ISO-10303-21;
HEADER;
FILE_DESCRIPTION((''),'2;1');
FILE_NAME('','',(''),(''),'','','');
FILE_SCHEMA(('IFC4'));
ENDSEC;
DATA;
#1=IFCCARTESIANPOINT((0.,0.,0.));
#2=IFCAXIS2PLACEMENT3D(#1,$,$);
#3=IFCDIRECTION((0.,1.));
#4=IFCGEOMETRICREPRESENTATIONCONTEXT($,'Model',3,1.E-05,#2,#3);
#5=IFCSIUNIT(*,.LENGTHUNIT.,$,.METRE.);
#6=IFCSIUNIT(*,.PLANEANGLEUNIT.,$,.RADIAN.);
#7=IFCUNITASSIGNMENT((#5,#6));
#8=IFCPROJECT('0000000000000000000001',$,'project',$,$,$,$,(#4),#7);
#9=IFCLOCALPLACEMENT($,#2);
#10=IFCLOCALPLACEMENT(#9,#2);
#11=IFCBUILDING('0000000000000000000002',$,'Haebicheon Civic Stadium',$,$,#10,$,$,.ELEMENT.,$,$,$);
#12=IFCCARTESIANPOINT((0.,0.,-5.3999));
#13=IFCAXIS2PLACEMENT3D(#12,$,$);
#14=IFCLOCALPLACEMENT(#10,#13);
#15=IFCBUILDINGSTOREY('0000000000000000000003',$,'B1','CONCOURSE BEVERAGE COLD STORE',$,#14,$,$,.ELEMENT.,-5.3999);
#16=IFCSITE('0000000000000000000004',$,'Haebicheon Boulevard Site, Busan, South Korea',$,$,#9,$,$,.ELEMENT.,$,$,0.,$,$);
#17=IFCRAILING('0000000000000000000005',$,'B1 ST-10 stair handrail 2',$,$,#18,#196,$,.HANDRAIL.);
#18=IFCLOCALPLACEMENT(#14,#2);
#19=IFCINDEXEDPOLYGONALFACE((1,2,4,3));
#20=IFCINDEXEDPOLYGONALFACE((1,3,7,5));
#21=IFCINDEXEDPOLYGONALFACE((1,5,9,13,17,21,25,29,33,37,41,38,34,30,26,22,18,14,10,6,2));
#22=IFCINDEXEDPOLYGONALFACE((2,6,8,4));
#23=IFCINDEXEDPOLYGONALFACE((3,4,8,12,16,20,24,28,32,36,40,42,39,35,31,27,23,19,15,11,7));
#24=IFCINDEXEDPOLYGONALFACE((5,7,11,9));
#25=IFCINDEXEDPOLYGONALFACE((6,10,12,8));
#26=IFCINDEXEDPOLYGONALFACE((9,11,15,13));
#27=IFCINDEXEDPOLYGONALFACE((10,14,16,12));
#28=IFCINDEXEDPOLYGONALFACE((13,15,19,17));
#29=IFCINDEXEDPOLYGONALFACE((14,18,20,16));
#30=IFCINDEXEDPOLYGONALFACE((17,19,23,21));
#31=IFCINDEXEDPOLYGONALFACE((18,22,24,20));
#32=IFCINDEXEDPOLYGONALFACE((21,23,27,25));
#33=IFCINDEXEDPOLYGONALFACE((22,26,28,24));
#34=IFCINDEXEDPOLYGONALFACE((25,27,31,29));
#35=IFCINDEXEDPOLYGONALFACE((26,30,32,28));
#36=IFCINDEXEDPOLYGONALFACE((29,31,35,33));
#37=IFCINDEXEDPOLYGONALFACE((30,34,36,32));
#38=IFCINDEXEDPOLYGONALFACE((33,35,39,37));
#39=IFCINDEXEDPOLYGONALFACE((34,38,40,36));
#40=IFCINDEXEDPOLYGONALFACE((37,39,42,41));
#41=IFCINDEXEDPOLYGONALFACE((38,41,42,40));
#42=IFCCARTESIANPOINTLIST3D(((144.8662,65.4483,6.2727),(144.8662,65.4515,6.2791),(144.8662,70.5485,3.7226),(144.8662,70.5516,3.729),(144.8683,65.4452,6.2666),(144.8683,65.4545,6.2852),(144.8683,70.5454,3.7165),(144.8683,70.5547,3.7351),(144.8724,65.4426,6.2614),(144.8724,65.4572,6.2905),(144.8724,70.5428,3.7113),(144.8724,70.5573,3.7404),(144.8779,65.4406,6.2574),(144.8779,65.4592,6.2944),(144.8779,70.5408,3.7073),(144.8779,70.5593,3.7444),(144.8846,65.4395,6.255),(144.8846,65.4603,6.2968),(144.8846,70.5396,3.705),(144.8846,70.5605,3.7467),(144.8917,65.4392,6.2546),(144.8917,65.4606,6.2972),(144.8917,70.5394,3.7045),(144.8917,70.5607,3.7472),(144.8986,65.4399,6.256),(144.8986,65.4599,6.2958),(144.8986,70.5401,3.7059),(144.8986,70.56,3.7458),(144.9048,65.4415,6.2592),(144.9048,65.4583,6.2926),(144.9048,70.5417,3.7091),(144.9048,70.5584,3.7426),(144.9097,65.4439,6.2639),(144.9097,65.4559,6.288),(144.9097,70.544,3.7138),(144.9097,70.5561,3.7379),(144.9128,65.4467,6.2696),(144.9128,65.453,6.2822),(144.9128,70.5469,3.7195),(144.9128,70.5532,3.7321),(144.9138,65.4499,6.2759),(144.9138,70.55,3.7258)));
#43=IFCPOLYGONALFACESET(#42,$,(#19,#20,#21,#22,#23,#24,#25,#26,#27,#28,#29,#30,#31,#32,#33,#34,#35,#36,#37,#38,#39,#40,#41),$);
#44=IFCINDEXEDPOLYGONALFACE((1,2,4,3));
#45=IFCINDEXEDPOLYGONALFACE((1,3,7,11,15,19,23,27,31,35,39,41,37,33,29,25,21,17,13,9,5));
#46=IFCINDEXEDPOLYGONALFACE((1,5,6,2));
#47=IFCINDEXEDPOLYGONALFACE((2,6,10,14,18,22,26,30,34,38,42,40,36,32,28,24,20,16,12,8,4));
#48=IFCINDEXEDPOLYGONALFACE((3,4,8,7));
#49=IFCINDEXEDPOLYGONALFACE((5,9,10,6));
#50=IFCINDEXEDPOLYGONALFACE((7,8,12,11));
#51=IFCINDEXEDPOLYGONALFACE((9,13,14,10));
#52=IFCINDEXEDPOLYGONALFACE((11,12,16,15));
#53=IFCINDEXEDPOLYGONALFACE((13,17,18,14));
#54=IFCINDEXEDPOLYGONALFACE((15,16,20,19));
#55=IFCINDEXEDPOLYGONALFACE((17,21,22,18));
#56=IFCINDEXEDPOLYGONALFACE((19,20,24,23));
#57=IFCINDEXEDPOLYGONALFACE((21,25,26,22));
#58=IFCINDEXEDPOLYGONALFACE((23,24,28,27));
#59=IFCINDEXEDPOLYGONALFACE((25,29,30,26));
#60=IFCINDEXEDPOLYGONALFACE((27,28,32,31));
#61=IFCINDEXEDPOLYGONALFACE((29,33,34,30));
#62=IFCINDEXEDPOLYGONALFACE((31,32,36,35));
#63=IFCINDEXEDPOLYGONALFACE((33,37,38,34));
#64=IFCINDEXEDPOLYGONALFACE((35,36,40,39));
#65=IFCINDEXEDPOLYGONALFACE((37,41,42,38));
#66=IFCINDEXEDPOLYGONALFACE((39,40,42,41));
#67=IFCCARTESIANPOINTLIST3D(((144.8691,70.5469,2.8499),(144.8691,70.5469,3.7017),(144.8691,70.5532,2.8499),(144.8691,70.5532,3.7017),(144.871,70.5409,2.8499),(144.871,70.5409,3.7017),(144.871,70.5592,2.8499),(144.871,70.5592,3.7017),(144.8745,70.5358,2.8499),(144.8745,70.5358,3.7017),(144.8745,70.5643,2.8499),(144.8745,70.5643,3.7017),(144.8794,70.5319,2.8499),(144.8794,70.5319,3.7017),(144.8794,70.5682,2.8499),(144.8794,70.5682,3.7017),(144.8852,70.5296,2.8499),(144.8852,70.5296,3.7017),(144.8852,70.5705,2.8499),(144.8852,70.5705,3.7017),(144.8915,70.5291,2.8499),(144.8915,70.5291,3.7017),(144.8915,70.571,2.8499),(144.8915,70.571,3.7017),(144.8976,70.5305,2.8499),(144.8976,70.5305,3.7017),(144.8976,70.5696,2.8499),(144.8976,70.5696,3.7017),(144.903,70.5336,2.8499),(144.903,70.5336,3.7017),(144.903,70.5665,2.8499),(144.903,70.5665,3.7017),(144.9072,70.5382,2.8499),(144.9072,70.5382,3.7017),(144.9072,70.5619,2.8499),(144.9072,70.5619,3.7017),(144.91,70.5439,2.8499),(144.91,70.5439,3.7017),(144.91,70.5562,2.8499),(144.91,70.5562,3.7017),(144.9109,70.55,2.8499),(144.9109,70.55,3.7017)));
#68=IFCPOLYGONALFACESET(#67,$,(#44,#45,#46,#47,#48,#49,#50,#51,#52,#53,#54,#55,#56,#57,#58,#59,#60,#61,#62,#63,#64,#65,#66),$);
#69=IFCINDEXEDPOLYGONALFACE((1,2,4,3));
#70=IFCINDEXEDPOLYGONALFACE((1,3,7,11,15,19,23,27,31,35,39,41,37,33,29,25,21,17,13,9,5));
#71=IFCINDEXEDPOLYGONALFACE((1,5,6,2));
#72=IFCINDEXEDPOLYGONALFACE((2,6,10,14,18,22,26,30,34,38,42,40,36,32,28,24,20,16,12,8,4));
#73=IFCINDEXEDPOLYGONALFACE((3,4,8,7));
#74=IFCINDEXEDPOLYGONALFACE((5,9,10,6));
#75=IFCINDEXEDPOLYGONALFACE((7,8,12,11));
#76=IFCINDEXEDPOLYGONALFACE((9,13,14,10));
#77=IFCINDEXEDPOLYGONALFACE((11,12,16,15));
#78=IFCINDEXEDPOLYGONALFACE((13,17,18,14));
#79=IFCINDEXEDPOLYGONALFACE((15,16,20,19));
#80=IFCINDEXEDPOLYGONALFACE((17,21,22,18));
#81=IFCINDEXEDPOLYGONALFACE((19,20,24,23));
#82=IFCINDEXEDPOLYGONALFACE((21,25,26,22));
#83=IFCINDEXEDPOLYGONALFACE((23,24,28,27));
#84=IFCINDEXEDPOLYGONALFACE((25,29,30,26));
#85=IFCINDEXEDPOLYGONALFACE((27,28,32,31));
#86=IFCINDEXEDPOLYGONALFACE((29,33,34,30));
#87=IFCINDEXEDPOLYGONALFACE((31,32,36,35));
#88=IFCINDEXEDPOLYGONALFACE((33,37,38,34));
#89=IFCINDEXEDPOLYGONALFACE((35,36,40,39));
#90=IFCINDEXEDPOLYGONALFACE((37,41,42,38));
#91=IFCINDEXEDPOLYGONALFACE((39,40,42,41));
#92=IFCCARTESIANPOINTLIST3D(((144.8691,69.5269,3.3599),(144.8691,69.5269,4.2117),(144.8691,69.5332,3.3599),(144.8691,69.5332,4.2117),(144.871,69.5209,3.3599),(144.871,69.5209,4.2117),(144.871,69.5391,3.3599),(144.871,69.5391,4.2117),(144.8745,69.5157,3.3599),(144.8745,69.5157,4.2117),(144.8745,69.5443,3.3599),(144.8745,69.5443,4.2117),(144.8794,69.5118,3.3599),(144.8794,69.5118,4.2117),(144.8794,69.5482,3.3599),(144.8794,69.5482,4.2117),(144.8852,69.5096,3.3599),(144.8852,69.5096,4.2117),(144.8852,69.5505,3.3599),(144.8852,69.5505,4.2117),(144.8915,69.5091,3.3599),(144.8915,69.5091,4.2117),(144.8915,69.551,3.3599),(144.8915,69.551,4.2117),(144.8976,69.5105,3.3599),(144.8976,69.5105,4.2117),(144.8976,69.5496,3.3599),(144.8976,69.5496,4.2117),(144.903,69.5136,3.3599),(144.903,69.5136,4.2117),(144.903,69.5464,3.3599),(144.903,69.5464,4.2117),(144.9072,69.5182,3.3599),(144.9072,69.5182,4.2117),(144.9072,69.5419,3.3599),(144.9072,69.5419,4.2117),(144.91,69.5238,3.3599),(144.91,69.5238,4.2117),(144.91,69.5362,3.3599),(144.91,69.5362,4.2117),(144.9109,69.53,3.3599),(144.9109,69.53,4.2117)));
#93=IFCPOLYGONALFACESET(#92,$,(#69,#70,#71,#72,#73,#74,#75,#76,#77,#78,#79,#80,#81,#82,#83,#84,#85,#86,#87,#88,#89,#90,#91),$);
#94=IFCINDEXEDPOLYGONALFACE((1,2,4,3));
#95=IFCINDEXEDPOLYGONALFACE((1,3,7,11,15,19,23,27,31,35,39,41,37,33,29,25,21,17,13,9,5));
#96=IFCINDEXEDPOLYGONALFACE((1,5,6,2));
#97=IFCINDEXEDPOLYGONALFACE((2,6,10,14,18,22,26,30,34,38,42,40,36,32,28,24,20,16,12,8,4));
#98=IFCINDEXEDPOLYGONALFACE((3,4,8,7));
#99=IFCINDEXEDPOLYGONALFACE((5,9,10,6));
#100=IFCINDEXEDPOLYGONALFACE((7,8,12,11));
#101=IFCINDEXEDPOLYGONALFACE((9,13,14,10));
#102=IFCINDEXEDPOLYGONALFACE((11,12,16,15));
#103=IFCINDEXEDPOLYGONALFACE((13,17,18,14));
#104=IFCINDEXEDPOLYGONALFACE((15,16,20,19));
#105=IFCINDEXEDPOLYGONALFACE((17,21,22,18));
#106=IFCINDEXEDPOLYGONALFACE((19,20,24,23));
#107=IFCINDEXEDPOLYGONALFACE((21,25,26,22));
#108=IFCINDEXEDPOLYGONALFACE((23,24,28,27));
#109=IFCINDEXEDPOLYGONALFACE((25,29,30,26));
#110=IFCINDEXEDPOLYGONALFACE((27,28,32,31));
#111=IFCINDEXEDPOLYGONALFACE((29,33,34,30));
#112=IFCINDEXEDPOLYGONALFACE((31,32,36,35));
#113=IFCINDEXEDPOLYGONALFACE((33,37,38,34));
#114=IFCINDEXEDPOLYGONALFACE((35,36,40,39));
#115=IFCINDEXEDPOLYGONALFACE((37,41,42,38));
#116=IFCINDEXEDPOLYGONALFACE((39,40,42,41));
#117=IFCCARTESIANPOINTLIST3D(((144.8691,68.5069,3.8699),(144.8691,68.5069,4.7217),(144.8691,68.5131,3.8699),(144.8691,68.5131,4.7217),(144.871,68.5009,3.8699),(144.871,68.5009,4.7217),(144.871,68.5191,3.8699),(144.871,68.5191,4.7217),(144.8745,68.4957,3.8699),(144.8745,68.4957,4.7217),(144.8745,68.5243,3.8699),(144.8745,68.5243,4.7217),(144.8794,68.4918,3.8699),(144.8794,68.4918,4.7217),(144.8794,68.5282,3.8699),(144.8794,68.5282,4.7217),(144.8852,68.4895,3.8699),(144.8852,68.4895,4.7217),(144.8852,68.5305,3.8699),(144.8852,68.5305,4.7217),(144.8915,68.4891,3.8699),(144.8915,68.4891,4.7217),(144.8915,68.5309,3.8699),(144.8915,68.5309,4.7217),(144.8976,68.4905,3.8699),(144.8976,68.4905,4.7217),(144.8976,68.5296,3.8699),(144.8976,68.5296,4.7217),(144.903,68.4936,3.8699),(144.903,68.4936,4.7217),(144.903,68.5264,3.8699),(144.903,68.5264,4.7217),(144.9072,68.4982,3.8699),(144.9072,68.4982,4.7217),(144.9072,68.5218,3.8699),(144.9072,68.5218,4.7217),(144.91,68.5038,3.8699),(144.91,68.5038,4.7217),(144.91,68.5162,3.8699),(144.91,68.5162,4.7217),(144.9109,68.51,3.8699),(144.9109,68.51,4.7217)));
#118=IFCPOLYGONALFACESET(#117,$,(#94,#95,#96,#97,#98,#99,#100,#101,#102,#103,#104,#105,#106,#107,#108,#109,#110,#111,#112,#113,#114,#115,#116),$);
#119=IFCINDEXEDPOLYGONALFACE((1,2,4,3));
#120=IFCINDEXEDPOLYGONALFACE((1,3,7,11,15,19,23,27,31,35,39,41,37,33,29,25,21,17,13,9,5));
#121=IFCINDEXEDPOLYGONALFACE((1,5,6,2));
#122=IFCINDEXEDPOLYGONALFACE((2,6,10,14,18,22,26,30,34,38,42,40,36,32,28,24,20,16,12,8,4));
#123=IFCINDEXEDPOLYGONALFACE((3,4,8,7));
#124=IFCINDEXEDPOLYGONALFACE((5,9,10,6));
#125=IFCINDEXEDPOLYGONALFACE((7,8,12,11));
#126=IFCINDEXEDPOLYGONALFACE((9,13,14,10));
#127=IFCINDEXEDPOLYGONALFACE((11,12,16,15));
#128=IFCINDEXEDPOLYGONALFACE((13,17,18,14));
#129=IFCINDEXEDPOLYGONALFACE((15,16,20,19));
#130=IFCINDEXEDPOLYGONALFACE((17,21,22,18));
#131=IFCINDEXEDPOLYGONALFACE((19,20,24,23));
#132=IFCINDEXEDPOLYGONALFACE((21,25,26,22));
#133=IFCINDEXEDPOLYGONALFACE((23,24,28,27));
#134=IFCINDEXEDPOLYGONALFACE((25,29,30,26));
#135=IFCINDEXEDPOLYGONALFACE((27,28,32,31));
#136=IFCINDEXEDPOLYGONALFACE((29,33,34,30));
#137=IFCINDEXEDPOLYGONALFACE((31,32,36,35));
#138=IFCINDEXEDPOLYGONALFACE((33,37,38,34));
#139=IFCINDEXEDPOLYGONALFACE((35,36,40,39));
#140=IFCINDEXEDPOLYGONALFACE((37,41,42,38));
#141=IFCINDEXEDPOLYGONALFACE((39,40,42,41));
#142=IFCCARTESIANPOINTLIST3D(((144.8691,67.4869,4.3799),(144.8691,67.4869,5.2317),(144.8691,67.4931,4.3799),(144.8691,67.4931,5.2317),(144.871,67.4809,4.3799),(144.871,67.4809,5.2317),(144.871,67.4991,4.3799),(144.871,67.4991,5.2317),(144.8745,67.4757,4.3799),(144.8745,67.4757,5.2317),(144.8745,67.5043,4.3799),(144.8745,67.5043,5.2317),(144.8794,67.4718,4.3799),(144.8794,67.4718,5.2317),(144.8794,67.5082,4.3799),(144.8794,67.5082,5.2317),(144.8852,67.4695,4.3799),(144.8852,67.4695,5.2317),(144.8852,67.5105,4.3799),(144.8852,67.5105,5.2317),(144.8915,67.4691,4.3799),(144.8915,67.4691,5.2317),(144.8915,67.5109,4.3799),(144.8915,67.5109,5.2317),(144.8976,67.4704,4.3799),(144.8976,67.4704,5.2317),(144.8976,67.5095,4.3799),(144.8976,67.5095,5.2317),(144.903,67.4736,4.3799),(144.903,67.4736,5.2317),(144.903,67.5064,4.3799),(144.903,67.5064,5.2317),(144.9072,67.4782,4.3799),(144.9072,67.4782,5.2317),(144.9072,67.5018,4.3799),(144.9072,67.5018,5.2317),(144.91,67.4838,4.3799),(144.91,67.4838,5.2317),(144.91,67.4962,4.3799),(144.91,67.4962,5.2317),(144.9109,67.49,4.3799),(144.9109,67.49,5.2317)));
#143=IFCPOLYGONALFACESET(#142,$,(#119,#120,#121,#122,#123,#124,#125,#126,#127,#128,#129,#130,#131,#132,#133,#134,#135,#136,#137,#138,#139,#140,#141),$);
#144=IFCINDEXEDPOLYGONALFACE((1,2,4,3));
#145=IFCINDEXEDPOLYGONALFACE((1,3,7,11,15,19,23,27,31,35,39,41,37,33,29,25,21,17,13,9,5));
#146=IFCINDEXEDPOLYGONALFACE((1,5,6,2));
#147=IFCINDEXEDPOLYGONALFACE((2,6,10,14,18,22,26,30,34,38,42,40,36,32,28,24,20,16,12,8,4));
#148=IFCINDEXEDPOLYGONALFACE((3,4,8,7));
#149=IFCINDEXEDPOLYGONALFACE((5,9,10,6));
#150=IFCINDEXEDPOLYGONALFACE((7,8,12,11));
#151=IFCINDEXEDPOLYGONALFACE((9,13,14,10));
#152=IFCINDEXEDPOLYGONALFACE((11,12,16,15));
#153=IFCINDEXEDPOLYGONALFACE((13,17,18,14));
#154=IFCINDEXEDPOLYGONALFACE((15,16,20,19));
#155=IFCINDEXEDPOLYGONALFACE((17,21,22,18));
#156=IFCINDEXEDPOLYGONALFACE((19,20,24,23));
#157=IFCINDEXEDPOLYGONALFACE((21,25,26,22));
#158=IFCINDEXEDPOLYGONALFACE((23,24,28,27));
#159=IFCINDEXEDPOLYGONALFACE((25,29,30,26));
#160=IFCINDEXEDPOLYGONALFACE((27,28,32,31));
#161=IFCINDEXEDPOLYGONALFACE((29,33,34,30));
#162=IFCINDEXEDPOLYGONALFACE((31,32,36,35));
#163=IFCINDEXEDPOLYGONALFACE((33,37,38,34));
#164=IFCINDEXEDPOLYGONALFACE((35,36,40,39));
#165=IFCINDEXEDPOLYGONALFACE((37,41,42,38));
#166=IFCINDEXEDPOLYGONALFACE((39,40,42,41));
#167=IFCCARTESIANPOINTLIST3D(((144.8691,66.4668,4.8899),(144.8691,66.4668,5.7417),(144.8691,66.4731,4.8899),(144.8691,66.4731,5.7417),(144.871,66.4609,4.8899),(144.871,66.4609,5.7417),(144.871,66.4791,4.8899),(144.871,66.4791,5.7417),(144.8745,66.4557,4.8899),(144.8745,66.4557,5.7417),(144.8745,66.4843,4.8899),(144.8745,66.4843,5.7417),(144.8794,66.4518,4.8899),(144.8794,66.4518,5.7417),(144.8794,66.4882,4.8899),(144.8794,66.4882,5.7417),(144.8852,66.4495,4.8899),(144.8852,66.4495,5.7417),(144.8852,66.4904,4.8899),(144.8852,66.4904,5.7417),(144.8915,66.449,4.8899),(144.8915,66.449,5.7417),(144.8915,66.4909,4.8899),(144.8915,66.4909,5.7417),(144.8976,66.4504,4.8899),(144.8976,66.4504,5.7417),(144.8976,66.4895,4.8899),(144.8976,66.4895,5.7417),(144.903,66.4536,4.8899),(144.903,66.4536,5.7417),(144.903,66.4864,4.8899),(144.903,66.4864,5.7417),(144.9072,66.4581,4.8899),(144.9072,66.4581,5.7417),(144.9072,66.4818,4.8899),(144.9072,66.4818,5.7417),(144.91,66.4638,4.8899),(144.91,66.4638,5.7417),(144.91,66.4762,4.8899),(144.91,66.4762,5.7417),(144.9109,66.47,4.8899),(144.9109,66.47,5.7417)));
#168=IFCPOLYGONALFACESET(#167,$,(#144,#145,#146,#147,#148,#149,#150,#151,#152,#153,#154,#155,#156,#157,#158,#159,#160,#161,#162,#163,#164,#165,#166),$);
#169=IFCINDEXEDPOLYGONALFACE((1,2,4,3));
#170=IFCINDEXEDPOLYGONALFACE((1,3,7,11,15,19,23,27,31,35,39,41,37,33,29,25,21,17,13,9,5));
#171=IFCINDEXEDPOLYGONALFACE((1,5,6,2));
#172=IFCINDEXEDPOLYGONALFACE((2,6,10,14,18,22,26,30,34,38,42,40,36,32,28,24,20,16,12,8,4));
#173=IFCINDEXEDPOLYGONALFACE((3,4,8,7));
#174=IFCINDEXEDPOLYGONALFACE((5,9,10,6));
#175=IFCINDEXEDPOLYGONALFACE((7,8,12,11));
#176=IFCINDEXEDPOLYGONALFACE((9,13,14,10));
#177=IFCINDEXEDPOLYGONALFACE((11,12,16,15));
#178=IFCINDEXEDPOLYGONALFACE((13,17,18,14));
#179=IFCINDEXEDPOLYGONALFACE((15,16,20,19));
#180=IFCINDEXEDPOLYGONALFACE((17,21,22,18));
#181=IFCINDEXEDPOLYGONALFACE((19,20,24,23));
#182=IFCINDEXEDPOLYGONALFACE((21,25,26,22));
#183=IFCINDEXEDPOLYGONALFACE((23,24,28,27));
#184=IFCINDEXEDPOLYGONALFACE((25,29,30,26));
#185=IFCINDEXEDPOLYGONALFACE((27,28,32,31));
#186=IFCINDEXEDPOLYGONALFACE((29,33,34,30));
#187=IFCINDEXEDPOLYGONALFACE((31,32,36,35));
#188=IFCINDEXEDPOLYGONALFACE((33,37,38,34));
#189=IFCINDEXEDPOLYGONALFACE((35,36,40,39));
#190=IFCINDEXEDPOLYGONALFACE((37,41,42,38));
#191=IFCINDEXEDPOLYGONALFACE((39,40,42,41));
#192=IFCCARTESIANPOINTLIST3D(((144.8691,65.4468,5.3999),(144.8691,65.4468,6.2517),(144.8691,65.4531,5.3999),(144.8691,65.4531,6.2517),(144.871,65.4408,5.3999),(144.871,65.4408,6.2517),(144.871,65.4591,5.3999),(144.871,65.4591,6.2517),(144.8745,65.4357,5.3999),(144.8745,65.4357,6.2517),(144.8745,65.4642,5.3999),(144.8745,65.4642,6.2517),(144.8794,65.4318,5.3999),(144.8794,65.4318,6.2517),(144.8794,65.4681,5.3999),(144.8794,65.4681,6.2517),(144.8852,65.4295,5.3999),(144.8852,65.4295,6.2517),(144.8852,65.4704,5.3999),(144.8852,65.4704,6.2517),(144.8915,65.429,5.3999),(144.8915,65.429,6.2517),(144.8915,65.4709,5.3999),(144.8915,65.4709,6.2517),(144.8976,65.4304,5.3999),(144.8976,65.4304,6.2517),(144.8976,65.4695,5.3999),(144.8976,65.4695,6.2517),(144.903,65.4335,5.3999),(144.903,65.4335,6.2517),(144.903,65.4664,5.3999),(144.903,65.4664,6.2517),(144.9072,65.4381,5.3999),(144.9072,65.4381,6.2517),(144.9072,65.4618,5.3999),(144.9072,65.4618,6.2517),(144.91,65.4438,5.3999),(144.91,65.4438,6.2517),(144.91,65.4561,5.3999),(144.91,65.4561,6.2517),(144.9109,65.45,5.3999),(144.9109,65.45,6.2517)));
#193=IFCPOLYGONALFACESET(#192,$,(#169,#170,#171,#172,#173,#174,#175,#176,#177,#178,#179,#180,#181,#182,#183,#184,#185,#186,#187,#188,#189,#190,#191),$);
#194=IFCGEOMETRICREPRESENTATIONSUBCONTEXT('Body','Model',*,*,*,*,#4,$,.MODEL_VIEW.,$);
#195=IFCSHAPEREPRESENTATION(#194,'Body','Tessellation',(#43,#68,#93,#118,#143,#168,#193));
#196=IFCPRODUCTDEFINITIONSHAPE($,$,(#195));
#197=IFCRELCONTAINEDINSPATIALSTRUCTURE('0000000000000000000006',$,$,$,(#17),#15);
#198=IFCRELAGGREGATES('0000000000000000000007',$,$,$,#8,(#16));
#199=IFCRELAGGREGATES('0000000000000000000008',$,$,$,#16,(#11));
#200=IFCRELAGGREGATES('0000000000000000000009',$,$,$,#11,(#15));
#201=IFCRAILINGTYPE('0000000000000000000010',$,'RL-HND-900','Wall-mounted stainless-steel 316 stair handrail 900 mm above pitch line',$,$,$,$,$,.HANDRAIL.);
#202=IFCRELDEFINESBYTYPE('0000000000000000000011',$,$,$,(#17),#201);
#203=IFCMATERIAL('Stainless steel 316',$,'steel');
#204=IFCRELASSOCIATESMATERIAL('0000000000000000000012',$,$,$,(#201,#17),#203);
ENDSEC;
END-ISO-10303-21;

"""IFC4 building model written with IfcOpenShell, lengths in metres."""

from ifc_helpers import new_model, si_unit, direction, frame, origin, origin_2d, place, context, subcontext, project, spatial, circle, extrude, material, type_object, element, save


model = new_model("IFC4")

# Units and contexts
model_context = context("Model", 3, precision=1e-05, world=origin(), true_north=direction((0.0, 1.0)))
body_context = subcontext(model_context, "Body", "Model", "MODEL_VIEW")
ifc_project = project(units=[si_unit("LENGTHUNIT", "METRE"), si_unit("PLANEANGLEUNIT", "RADIAN")], contexts=[model_context])

# Site, building, storey
site_placement = place(None, origin())
site = spatial("IfcSite", under=ifc_project, at=site_placement, Name="Haebicheon Boulevard Site, Busan, South Korea", CompositionType="ELEMENT", RefElevation=0.0)
building_placement = place(site_placement, origin())
building = spatial("IfcBuilding", under=site, at=building_placement, Name="Haebicheon Civic Stadium", CompositionType="ELEMENT")
storey_placement = place(building_placement, frame((0.0, 0.0, -5.3999)))
storey = spatial("IfcBuildingStorey", under=building, at=storey_placement, Name="B1", Description="CONCOURSE BEVERAGE COLD STORE", CompositionType="ELEMENT", Elevation=-5.3999)

# Railing
ifc_material_1 = material(Name="Stainless steel 316", Category="steel")
railing_type_1 = type_object("IfcRailingType", Name="RL-HND-900", Description="Wall-mounted stainless-steel 316 stair handrail 900 mm above pitch line", PredefinedType="HANDRAIL", material=ifc_material_1)
railing_1_placement = place(storey_placement, frame((144.8899, 70.55, 2.8499)))
element("IfcRailing", 1, at=railing_1_placement, inside=storey, type_object=railing_type_1, material=ifc_material_1, Name="B1 ST-10 stair handrail 2", PredefinedType="HANDRAIL", context=body_context, shape_type="SweptSolid", body=[
    extrude(circle(Radius=0.0239, at=origin_2d()), frame((0.0, 0.0, 0.876), z_axis=(0.0, -0.894427, 0.447214), x_axis=(1.0, 0.0, 0.0)), (0.0, 0.0, 1.0), 5.7021),
    extrude(circle(Radius=0.021, at=origin_2d()), origin(), (0.0, 0.0, 1.0), 0.8518),
    extrude(circle(Radius=0.021, at=origin_2d()), frame((0.0, -1.02, 0.51)), (0.0, 0.0, 1.0), 0.8518),
    extrude(circle(Radius=0.021, at=origin_2d()), frame((0.0, -2.04, 1.02)), (0.0, 0.0, 1.0), 0.8518),
    extrude(circle(Radius=0.021, at=origin_2d()), frame((0.0, -3.0601, 1.53)), (0.0, 0.0, 1.0), 0.8518),
    extrude(circle(Radius=0.021, at=origin_2d()), frame((0.0, -4.0801, 2.04)), (0.0, 0.0, 1.0), 0.8518),
    extrude(circle(Radius=0.021, at=origin_2d()), frame((0.0, -5.1001, 2.55)), (0.0, 0.0, 1.0), 0.8518),
])

save(model, "model.ifc")
